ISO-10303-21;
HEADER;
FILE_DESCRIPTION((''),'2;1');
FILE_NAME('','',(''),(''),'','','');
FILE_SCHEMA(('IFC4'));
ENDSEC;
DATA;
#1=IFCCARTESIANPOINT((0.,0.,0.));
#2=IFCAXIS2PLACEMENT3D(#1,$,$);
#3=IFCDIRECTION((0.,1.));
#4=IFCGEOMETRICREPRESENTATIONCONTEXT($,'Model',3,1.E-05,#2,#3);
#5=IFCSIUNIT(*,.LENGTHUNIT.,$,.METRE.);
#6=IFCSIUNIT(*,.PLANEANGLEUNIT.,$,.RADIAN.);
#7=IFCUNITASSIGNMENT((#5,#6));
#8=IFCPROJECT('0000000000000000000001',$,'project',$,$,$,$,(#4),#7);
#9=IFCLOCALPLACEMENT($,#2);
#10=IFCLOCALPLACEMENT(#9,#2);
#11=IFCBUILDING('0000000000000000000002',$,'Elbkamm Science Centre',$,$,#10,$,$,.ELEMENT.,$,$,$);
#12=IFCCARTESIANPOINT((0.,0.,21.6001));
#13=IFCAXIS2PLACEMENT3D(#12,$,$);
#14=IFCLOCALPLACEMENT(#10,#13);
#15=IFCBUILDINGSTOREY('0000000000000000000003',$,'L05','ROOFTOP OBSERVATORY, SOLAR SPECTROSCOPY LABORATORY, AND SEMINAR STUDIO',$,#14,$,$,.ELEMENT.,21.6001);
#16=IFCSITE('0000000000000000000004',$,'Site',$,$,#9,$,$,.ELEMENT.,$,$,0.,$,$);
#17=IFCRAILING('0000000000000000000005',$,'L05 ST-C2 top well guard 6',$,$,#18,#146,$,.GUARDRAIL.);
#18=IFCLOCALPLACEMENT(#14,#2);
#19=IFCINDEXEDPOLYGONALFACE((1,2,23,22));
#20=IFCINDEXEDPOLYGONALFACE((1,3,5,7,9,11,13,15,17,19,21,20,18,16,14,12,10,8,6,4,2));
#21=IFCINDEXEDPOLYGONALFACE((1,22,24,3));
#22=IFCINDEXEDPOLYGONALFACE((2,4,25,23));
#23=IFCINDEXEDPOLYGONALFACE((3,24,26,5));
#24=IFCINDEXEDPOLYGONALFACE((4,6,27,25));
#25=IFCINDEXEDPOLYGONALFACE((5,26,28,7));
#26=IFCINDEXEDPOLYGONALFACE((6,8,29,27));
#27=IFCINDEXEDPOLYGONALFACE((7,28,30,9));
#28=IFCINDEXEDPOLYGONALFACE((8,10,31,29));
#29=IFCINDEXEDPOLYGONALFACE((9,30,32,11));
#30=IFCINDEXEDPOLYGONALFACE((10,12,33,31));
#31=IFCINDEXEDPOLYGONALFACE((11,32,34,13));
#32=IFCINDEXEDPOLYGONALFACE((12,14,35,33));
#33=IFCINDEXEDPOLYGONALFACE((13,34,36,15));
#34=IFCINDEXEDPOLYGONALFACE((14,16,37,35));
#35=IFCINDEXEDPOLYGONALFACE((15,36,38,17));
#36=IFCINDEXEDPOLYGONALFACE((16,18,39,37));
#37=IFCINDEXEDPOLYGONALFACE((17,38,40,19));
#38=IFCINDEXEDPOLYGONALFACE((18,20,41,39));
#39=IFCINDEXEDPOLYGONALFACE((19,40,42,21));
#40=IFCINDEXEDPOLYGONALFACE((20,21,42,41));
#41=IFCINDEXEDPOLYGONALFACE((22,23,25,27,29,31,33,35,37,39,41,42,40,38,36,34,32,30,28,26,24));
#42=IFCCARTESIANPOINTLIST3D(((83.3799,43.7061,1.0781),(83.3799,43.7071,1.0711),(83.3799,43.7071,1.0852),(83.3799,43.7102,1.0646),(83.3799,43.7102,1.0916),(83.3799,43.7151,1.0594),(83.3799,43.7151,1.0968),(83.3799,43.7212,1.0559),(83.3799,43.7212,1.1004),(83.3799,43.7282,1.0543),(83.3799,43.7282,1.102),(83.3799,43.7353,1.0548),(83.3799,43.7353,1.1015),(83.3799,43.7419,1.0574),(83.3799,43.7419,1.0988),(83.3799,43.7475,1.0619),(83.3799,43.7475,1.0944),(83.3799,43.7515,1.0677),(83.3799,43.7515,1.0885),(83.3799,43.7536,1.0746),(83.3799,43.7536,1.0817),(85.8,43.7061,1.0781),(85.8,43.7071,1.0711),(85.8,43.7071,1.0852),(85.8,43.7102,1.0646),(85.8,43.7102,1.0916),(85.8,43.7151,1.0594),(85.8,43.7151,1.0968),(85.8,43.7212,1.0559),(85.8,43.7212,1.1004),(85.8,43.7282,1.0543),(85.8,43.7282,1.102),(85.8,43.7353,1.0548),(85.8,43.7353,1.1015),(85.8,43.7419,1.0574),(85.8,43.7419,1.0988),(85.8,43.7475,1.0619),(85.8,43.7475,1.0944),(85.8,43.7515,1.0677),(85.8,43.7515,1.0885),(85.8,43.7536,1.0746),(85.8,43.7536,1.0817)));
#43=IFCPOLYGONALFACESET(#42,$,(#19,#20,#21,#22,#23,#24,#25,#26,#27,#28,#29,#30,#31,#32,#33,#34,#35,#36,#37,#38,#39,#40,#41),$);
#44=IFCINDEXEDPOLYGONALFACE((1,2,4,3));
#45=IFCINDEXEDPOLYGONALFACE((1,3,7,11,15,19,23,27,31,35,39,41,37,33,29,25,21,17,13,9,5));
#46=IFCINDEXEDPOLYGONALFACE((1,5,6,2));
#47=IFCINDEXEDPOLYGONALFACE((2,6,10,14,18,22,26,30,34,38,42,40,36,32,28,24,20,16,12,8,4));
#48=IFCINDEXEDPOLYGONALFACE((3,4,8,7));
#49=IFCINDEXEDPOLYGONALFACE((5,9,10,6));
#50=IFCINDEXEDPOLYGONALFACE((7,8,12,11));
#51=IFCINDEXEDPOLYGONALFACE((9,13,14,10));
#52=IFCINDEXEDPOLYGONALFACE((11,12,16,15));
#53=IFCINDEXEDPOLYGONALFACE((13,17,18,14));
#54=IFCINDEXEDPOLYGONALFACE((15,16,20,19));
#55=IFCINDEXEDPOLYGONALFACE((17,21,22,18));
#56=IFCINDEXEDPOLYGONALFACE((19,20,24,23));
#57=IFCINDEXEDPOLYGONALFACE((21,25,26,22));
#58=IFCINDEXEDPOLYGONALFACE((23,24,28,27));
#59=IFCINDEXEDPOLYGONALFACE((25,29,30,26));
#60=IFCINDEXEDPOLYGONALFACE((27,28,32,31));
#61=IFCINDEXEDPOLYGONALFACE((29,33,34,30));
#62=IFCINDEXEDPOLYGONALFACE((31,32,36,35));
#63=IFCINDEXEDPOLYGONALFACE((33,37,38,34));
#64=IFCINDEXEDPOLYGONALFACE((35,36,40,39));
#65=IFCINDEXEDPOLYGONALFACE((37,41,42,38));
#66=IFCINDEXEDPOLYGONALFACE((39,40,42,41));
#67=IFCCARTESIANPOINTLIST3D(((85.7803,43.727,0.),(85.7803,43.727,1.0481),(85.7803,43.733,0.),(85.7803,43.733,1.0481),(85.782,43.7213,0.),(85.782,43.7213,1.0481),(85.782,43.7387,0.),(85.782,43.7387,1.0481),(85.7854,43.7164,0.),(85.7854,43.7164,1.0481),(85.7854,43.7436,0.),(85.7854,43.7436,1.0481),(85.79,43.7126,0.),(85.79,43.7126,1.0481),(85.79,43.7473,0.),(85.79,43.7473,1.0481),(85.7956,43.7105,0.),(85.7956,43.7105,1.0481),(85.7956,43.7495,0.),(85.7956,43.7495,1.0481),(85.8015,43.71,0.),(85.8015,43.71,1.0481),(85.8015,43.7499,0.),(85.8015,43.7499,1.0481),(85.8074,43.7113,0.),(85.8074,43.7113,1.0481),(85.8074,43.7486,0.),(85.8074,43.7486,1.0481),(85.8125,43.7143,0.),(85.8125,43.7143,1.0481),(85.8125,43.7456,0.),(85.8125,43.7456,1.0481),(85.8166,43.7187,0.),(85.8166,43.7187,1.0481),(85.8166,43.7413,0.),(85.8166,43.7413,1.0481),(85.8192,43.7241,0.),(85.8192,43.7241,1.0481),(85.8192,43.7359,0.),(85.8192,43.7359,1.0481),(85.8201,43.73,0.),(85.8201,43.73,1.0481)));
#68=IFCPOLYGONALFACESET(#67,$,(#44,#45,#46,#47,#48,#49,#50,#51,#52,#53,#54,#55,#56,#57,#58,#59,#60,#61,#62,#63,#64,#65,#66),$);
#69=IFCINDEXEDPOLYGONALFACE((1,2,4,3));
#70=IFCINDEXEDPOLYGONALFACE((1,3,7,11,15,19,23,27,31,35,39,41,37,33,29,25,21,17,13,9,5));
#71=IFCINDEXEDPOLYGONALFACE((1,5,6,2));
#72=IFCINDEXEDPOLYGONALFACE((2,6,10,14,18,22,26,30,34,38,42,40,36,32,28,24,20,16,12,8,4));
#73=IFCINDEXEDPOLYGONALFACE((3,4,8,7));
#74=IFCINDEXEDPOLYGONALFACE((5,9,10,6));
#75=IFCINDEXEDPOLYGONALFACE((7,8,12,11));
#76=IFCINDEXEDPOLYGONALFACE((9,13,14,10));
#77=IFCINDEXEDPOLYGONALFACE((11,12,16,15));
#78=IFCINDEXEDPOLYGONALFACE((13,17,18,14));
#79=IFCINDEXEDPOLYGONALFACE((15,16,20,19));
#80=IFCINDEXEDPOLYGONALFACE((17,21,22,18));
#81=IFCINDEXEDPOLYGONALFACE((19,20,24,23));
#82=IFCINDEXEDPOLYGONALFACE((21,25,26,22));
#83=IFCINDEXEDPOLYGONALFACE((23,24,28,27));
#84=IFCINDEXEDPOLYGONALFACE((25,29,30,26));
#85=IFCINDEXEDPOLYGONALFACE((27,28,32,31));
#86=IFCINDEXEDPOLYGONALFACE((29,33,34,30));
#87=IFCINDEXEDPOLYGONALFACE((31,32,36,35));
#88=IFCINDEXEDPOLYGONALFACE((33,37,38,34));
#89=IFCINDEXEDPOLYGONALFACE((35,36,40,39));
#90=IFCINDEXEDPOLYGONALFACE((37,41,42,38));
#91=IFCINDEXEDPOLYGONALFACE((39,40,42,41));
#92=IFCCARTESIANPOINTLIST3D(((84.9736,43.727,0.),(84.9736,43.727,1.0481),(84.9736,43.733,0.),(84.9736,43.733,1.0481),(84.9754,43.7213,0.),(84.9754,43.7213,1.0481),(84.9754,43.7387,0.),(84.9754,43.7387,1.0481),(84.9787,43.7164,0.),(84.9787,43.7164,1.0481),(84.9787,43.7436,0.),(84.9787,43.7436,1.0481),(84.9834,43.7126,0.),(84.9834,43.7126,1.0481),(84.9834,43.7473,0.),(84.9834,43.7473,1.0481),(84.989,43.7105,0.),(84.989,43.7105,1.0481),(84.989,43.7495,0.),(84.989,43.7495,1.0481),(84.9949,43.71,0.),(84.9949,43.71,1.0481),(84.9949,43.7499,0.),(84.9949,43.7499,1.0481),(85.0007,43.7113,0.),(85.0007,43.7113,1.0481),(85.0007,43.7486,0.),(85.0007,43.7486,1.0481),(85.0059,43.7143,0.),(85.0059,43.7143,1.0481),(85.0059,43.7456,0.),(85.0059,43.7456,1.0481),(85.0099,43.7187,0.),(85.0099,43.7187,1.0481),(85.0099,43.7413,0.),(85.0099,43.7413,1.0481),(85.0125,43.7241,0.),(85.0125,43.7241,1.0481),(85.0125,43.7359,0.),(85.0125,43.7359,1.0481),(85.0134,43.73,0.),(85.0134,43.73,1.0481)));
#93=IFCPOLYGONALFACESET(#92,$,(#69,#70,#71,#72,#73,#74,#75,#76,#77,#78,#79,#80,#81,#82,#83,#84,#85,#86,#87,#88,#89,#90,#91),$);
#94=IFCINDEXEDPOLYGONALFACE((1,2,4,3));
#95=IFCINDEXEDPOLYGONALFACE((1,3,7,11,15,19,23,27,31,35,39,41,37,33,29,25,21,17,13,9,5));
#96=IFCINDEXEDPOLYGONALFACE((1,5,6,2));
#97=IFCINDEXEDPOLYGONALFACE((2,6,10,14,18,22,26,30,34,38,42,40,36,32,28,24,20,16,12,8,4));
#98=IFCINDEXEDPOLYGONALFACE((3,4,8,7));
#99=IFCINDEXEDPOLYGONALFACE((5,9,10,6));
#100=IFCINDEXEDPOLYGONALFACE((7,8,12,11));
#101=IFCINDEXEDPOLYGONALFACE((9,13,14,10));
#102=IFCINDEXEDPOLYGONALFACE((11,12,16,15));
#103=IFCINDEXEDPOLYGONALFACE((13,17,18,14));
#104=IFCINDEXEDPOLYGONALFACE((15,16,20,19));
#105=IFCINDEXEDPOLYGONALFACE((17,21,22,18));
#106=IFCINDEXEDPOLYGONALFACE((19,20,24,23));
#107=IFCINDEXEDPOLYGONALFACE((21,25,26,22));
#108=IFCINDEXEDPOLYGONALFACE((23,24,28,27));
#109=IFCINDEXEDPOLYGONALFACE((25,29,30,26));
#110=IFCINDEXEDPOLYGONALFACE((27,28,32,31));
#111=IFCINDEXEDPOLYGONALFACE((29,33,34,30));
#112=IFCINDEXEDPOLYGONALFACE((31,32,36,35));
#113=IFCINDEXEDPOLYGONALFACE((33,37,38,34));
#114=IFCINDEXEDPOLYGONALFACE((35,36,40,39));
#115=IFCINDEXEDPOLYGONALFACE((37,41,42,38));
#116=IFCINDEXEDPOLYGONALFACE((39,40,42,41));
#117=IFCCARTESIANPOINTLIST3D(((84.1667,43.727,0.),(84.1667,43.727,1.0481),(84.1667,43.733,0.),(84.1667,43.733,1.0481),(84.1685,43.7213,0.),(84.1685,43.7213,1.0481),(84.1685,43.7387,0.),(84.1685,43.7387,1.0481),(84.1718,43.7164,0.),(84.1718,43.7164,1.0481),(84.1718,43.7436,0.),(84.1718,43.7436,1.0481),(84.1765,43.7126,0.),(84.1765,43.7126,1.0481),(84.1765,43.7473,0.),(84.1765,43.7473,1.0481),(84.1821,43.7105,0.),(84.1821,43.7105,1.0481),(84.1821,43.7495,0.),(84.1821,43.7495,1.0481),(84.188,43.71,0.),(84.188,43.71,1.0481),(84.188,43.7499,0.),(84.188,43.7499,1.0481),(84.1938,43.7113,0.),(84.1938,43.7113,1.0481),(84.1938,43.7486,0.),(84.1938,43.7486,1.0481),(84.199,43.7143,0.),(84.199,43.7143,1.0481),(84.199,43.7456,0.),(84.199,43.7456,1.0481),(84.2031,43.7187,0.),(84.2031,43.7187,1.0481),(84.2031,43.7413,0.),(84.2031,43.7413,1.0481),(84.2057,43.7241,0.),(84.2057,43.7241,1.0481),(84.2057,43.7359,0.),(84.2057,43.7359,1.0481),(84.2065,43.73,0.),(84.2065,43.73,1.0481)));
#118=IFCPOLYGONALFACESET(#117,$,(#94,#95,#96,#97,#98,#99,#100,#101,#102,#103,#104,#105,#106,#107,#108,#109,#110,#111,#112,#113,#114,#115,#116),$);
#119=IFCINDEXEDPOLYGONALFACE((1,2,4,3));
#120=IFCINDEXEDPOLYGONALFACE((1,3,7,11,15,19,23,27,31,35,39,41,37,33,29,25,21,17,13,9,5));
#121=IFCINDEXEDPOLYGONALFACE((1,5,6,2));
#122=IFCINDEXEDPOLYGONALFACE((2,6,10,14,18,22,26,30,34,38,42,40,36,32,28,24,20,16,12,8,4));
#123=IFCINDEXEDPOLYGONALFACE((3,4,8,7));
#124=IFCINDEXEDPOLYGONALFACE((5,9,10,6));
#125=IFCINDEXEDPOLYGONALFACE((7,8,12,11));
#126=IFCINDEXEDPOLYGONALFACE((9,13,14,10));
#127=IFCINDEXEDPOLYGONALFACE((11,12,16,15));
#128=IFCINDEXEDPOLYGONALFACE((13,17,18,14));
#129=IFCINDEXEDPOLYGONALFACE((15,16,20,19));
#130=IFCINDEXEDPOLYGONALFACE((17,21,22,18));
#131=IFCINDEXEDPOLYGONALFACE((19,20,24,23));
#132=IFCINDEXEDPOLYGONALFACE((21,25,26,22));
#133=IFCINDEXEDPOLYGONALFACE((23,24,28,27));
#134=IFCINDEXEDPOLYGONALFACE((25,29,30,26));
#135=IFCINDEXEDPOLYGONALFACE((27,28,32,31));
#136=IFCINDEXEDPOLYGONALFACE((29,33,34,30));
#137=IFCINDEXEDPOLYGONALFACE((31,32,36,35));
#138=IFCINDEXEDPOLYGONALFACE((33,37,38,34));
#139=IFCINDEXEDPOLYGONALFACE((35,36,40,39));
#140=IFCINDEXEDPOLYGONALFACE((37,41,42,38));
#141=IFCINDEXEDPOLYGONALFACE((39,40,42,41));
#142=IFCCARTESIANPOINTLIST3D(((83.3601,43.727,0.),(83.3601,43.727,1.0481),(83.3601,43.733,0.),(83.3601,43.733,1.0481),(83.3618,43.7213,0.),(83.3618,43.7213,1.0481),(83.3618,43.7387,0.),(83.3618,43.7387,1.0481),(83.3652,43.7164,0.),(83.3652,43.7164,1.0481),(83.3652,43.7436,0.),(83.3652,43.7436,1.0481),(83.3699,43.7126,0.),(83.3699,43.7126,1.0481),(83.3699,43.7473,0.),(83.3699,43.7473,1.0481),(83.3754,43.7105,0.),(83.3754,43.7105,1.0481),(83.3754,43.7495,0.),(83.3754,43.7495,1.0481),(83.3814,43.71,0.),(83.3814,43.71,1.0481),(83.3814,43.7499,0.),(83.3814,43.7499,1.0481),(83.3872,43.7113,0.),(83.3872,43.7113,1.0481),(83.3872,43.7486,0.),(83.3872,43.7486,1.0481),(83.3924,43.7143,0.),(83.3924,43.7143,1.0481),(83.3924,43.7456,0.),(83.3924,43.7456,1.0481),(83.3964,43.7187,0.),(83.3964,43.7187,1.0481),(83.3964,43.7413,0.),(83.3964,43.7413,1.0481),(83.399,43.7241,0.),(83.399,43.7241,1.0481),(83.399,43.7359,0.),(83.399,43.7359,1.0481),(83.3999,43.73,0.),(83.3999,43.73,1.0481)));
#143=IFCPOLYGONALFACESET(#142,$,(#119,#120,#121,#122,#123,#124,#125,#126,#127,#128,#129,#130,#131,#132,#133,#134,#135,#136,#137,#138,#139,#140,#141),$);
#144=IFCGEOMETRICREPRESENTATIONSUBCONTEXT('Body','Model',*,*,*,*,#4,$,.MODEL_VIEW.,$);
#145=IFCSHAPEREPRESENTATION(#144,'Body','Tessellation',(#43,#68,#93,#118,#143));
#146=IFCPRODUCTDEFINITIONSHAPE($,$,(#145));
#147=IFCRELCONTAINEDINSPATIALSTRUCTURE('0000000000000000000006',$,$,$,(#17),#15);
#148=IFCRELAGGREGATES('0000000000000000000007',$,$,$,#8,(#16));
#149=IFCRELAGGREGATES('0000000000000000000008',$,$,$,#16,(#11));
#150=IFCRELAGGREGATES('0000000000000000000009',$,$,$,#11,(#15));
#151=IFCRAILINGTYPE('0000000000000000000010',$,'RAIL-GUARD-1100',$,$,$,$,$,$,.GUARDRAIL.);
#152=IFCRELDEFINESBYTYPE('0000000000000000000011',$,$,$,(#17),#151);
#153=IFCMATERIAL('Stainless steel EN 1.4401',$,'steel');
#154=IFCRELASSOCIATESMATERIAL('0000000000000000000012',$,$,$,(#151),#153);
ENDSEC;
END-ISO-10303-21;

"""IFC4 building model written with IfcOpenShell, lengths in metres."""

from ifc_helpers import new_model, si_unit, direction, frame, origin, origin_2d, place, context, subcontext, project, spatial, circle, extrude, material, type_object, element, save


model = new_model("IFC4")

# Units and contexts
model_context = context("Model", 3, precision=1e-05, world=origin(), true_north=direction((0.0, 1.0)))
body_context = subcontext(model_context, "Body", "Model", "MODEL_VIEW")
ifc_project = project(units=[si_unit("LENGTHUNIT", "METRE"), si_unit("PLANEANGLEUNIT", "RADIAN")], contexts=[model_context])

# Site, building, storey
site_placement = place(None, origin())
site = spatial("IfcSite", under=ifc_project, at=site_placement, Name="Site", CompositionType="ELEMENT", RefElevation=0.0)
building_placement = place(site_placement, origin())
building = spatial("IfcBuilding", under=site, at=building_placement, Name="Elbkamm Science Centre", CompositionType="ELEMENT")
storey_placement = place(building_placement, frame((0.0, 0.0, 21.6001)))
storey = spatial("IfcBuildingStorey", under=building, at=storey_placement, Name="L05", Description="ROOFTOP OBSERVATORY, SOLAR SPECTROSCOPY LABORATORY, AND SEMINAR STUDIO", CompositionType="ELEMENT", Elevation=21.6001)

# Railing
ifc_material_1 = material(Name="Stainless steel EN 1.4401", Category="steel")
railing_type_1 = type_object("IfcRailingType", Name="RAIL-GUARD-1100", PredefinedType="GUARDRAIL", material=ifc_material_1)
for number, where, name in (
    (1, (85.8, 43.73, 0.0), "L05 ST-C2 top well guard 6"),
):
    element("IfcRailing", number, at=place(storey_placement, frame(where)), inside=storey, type_object=railing_type_1, Name=name, PredefinedType="GUARDRAIL", context=body_context, shape_type="SweptSolid", body=[
        extrude(circle(Radius=0.0239, at=origin_2d()), frame((0.0, 0.0, 1.0781), z_axis=(-1.0, 0.0, 0.0), x_axis=(0.0, -1.0, 0.0)), (0.0, 0.0, 1.0), 2.4202),
        extrude(circle(Radius=0.02, at=origin_2d()), origin(), (0.0, 0.0, 1.0), 1.0481),
        extrude(circle(Radius=0.02, at=origin_2d()), frame((-0.8066, 0.0, 0.0)), (0.0, 0.0, 1.0), 1.0481),
        extrude(circle(Radius=0.02, at=origin_2d()), frame((-1.6135, 0.0, 0.0)), (0.0, 0.0, 1.0), 1.0481),
        extrude(circle(Radius=0.02, at=origin_2d()), frame((-2.4202, 0.0, 0.0)), (0.0, 0.0, 1.0), 1.0481),
    ])

save(model, "model.ifc")
